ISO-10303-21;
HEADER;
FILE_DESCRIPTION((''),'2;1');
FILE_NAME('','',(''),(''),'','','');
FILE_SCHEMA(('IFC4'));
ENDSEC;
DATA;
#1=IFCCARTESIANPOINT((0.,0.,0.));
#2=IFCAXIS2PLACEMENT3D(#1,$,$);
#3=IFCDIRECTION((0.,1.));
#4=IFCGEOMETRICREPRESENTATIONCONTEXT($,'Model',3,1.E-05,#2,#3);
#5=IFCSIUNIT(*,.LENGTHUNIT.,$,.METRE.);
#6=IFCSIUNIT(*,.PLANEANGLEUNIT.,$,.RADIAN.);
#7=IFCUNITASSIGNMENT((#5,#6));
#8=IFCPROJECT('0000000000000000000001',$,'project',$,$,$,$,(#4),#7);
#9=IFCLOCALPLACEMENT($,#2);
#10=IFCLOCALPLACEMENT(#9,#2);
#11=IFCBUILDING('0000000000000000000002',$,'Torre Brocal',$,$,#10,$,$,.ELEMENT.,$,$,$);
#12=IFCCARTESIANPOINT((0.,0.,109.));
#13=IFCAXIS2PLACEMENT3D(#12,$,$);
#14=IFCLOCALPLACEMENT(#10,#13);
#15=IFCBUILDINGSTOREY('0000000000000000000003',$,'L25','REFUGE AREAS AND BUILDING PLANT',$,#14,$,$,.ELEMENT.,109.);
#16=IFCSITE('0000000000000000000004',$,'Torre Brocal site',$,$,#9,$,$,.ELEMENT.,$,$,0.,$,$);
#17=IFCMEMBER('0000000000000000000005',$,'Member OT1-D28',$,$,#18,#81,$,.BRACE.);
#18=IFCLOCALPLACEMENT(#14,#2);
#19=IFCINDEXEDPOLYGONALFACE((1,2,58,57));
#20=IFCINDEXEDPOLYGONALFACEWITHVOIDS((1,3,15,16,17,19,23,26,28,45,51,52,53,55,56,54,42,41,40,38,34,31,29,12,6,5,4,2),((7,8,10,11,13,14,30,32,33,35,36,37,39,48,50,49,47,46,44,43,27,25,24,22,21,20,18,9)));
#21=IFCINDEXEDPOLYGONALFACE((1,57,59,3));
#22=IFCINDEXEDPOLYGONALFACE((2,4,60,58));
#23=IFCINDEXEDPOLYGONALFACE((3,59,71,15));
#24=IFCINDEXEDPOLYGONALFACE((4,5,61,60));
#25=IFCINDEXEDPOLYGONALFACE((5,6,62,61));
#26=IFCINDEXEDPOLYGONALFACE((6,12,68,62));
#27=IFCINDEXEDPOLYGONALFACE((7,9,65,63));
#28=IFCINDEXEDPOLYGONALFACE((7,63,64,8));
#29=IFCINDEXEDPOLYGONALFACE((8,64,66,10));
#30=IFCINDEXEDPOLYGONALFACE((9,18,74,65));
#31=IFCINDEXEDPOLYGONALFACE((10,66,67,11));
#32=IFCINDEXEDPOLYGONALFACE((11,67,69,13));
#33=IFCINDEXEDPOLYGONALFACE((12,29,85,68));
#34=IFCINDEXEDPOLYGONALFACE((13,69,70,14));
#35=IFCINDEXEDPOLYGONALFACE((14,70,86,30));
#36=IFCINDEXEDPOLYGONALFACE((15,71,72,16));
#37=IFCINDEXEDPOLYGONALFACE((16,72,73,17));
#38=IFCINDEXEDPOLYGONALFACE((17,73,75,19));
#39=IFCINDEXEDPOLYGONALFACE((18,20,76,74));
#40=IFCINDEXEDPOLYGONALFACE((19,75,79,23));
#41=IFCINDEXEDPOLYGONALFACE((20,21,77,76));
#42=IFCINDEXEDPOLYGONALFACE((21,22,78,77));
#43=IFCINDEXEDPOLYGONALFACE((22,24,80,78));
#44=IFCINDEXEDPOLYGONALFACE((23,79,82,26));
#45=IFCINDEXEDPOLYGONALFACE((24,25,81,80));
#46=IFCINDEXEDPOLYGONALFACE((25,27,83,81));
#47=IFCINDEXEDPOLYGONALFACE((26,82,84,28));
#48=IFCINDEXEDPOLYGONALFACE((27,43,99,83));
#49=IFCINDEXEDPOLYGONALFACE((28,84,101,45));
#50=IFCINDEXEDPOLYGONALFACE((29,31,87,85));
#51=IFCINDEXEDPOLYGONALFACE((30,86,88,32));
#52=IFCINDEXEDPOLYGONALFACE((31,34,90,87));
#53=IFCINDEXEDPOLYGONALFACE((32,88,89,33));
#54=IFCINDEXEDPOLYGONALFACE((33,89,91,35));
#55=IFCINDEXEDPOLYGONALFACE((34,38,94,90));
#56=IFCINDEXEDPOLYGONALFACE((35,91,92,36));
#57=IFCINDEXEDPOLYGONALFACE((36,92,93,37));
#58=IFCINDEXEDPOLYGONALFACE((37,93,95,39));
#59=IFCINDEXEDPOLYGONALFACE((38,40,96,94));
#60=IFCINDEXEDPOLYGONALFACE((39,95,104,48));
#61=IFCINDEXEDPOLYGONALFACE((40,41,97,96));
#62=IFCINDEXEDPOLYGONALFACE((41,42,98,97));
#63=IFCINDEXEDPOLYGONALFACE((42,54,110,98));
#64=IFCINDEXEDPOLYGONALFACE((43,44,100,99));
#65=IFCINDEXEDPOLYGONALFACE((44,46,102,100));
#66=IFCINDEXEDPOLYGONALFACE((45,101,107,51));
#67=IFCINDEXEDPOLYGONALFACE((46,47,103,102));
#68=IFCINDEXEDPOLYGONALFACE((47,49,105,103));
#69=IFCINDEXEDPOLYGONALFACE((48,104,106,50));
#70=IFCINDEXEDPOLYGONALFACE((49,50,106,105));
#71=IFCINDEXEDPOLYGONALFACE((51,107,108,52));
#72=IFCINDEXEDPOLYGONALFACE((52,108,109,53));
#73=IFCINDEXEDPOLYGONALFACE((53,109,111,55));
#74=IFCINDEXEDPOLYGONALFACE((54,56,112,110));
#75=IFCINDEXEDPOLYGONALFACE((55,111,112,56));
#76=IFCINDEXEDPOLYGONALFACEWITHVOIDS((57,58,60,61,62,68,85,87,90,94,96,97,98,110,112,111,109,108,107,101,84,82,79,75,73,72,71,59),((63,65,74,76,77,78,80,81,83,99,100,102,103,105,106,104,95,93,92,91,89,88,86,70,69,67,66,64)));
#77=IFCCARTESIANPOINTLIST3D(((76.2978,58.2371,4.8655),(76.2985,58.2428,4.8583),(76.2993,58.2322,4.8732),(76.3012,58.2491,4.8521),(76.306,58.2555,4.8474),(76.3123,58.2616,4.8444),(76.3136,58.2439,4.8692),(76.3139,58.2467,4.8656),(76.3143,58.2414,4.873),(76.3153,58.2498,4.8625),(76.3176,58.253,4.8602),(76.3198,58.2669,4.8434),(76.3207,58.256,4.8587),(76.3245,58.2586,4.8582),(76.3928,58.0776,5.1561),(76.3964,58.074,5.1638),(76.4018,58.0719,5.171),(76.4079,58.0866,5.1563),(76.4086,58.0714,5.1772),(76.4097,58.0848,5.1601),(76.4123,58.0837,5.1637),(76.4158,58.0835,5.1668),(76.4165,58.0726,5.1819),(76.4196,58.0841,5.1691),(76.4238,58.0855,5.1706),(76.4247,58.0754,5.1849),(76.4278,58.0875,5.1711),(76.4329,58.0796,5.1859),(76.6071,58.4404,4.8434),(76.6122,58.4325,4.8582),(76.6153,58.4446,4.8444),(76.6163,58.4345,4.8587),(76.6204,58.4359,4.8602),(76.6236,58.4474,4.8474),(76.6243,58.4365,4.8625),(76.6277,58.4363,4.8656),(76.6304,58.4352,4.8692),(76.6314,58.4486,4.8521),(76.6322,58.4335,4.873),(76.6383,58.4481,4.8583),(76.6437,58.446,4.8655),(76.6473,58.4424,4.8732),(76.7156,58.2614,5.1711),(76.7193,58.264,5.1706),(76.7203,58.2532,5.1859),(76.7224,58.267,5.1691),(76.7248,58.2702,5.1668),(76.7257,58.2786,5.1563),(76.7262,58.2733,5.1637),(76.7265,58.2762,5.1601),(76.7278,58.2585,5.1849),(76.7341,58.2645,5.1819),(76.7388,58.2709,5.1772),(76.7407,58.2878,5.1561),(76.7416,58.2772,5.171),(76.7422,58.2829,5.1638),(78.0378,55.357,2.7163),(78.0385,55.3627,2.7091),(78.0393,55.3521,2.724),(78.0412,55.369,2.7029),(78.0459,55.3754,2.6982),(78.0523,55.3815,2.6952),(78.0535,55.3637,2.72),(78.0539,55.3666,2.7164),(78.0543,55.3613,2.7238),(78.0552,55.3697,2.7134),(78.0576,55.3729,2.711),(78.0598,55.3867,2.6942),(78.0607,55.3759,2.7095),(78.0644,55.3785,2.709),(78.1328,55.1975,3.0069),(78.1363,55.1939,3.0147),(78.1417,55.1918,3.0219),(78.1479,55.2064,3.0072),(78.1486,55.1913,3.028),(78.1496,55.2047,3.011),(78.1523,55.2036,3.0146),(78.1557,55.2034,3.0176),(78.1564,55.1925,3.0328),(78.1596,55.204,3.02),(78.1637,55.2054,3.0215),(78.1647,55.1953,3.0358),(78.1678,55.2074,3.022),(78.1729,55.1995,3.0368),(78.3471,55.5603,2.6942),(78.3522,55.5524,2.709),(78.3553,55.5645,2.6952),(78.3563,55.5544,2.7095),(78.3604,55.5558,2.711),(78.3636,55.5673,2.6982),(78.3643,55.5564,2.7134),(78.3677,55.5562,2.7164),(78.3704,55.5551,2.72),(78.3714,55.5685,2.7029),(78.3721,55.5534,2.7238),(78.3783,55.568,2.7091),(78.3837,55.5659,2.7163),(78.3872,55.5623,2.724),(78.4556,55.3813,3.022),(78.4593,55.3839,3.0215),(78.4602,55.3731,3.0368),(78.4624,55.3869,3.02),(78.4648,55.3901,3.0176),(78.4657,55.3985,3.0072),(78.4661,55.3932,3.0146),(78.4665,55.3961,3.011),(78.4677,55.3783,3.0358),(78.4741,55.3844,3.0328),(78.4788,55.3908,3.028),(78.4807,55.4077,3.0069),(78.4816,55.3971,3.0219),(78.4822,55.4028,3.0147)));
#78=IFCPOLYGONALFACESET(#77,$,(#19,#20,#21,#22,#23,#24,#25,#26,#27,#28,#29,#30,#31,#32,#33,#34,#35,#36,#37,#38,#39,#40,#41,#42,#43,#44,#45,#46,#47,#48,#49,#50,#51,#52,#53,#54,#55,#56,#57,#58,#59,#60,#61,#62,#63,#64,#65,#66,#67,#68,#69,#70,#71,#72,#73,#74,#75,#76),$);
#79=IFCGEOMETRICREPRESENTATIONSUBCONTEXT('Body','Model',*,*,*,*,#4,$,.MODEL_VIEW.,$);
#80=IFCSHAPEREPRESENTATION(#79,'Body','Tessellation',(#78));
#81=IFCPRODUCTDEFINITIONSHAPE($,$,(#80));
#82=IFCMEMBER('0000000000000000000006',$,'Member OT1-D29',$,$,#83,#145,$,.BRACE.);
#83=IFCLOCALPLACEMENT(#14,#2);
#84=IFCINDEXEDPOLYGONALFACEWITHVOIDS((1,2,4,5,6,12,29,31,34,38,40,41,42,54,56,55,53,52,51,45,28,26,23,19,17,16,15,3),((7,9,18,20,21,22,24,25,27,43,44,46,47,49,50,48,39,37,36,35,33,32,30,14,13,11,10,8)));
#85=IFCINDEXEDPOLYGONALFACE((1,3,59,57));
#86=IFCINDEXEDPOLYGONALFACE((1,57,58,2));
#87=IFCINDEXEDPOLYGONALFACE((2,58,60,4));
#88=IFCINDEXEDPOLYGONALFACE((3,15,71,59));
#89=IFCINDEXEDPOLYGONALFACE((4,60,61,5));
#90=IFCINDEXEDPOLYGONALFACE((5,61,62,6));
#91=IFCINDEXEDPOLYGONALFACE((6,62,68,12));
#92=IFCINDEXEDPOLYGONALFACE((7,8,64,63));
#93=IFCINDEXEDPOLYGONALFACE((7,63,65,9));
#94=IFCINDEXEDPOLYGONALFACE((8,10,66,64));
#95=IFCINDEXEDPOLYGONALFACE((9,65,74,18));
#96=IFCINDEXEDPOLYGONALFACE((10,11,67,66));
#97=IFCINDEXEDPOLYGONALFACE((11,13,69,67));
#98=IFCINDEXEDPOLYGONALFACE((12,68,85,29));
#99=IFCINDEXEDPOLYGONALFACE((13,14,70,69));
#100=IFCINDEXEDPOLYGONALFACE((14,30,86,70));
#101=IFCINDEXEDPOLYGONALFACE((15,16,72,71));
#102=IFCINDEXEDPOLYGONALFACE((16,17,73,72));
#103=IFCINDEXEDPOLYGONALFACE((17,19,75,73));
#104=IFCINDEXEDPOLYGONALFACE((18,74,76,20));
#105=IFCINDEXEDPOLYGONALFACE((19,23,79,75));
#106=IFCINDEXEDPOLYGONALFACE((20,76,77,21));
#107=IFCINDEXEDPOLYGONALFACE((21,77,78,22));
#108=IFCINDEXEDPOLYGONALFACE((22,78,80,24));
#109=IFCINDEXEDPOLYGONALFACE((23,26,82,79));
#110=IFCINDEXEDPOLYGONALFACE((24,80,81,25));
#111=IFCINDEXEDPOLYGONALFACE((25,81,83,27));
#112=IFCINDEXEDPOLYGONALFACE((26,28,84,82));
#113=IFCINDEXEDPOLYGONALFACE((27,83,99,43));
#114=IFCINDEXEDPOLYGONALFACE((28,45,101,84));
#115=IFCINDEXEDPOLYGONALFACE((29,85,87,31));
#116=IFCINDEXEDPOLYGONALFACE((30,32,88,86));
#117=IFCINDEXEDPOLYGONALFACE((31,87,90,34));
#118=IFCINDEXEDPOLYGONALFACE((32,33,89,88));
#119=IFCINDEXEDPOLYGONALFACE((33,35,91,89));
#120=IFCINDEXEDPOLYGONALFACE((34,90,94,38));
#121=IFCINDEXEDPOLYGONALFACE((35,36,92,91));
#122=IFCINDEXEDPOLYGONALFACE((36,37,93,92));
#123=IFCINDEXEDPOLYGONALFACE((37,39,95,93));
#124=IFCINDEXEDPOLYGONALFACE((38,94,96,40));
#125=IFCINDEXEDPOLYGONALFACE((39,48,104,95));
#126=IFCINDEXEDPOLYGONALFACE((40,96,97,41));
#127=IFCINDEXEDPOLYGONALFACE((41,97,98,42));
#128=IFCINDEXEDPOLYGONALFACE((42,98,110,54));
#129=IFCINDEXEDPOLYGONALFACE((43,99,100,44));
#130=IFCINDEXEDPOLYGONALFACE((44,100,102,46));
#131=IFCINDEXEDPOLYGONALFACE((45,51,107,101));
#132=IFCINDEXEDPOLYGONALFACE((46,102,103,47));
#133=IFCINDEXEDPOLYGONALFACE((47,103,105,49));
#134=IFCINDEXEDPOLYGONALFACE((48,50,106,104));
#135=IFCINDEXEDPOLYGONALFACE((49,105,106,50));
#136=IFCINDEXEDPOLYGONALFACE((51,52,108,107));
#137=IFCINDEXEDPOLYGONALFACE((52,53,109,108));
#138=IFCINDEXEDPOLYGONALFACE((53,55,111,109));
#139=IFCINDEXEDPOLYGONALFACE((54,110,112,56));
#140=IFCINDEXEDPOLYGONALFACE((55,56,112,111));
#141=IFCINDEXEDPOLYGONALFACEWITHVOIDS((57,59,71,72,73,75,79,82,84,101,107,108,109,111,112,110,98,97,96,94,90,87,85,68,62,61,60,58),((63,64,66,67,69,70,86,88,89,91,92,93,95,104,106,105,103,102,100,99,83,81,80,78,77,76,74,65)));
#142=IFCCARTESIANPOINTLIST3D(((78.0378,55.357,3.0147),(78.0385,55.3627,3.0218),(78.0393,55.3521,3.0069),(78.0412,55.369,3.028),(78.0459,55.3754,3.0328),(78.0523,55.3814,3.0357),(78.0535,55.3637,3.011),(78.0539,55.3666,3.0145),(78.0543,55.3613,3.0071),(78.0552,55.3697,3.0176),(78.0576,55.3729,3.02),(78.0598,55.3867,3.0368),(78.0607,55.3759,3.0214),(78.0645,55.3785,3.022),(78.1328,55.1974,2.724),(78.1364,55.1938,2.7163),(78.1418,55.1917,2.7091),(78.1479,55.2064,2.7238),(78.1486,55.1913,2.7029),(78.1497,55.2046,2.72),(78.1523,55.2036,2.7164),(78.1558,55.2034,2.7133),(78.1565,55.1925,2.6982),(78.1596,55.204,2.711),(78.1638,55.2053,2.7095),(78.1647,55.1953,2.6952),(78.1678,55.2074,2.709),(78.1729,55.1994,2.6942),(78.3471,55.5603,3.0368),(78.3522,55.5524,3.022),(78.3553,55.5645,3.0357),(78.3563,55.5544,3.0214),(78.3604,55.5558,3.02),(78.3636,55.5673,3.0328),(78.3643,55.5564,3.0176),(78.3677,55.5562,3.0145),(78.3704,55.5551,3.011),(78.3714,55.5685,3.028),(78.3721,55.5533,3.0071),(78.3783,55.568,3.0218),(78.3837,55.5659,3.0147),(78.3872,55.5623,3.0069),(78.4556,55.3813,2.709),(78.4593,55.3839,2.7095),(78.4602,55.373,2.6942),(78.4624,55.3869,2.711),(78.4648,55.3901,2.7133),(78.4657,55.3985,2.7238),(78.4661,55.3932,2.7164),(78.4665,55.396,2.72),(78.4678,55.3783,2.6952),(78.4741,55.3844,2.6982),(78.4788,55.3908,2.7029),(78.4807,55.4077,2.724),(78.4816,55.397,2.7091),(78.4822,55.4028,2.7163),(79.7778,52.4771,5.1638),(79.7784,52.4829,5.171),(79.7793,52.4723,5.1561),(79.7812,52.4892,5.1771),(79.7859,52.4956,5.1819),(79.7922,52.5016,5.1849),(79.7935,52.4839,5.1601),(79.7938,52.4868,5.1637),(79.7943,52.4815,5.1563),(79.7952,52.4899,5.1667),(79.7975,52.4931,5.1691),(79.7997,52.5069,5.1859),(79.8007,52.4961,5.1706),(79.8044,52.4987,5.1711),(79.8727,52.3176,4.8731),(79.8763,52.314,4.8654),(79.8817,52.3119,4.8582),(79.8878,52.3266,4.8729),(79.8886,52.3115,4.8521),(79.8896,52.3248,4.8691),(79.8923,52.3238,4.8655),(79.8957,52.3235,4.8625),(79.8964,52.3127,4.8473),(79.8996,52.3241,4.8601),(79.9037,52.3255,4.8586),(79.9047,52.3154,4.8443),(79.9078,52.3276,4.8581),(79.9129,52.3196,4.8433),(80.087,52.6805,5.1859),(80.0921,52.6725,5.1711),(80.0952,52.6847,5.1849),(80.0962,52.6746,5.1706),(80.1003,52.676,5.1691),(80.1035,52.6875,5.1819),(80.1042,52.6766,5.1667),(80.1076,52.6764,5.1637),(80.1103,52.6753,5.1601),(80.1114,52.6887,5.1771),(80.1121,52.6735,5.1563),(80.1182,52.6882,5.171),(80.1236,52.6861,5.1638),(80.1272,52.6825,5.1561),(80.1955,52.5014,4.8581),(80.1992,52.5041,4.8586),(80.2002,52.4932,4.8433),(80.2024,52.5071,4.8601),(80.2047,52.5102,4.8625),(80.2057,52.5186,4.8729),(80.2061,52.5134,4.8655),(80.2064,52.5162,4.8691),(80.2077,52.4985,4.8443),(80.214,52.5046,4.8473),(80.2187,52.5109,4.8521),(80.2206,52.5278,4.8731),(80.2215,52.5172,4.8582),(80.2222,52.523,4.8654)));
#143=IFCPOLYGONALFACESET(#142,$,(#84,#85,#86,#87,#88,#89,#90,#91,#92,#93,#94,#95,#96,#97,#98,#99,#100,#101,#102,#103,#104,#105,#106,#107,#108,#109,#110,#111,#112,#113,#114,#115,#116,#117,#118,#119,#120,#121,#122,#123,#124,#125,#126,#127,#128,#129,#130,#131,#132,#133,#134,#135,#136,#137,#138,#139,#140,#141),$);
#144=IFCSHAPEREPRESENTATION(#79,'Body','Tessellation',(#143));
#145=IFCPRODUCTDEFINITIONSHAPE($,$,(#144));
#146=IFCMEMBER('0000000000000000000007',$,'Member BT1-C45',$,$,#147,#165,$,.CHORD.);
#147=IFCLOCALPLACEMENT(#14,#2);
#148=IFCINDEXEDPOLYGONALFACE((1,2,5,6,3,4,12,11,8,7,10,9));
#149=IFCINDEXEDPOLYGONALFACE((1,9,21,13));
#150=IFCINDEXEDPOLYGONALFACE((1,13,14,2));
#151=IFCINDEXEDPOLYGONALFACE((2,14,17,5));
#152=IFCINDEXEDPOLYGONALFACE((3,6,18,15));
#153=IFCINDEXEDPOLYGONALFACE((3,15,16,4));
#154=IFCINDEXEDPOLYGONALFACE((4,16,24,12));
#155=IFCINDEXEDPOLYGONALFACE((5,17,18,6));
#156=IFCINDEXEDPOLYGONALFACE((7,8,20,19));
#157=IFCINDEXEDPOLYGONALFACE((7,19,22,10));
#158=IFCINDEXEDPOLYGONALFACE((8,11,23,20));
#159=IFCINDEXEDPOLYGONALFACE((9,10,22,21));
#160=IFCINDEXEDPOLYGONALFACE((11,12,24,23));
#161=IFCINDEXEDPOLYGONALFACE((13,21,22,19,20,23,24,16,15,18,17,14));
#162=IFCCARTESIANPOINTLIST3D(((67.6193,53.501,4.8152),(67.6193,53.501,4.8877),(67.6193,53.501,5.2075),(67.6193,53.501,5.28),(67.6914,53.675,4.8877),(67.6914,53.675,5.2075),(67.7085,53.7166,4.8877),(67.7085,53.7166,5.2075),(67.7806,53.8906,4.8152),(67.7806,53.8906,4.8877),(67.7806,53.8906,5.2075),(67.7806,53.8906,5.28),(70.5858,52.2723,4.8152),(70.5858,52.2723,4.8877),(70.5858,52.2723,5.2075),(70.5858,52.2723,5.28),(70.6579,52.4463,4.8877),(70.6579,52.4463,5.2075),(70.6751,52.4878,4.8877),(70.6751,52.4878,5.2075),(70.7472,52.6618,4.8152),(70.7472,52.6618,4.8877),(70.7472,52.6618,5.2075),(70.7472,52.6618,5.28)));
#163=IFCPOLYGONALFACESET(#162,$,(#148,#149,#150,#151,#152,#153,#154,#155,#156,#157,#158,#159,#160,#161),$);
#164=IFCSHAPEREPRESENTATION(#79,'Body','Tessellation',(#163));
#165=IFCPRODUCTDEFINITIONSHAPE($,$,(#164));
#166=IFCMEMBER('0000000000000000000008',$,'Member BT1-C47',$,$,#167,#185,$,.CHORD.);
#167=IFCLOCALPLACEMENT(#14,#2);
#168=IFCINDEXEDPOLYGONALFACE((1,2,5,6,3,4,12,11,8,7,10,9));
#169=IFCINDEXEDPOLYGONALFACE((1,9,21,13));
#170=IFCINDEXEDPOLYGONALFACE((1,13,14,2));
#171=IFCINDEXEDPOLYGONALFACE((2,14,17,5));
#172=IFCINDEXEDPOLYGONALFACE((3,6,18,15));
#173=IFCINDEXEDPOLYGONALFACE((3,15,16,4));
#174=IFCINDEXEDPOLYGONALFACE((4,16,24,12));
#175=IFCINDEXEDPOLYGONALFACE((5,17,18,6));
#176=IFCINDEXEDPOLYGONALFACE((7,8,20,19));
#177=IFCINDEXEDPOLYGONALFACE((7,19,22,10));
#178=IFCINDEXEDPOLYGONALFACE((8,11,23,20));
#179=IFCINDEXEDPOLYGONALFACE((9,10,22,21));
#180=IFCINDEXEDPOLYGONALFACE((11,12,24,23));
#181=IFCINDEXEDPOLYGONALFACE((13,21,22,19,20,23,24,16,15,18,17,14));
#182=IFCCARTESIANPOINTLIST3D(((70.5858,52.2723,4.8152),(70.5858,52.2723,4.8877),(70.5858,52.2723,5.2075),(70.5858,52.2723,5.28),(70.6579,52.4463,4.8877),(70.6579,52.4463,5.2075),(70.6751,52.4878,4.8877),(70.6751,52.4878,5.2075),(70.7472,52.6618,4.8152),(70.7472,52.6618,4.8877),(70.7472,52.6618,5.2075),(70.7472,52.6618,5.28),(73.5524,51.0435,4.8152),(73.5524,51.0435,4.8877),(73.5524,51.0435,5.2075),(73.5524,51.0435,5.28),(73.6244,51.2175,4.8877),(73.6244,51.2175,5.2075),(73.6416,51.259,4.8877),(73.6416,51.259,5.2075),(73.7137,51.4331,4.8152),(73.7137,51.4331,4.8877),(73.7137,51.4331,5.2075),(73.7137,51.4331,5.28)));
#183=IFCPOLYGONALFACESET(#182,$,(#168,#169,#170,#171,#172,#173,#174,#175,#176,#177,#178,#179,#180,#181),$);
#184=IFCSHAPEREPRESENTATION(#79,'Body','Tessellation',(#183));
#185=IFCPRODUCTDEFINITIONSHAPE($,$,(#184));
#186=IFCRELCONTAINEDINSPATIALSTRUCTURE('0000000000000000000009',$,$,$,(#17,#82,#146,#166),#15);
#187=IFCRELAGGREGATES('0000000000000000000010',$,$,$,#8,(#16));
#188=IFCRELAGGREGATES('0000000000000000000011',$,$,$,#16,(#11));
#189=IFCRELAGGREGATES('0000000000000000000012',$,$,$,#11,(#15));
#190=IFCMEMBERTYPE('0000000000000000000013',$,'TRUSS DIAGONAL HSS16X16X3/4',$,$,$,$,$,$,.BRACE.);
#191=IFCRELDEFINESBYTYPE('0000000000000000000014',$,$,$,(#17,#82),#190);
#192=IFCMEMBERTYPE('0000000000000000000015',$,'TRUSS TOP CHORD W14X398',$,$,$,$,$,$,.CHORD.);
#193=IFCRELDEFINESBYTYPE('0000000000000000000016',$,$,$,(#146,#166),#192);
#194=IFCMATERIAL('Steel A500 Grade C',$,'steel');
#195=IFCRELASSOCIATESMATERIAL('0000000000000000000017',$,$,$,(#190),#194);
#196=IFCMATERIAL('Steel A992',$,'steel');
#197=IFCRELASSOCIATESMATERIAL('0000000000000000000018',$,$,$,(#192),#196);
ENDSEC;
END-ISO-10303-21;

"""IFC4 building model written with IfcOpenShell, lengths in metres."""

from ifc_helpers import new_model, si_unit, direction, frame, origin, origin_2d, place, context, subcontext, project, spatial, hollow_rectangle, i_section, extrude, material, material_profile, profile_set, type_object, element, save


model = new_model("IFC4")

# Units and contexts
model_context = context("Model", 3, precision=1e-05, world=origin(), true_north=direction((0.0, 1.0)))
body_context = subcontext(model_context, "Body", "Model", "MODEL_VIEW")
ifc_project = project(units=[si_unit("LENGTHUNIT", "METRE"), si_unit("PLANEANGLEUNIT", "RADIAN")], contexts=[model_context])

# Site, building, storey
site_placement = place(None, origin())
site = spatial("IfcSite", under=ifc_project, at=site_placement, Name="Torre Brocal site", CompositionType="ELEMENT", RefElevation=0.0)
building_placement = place(site_placement, origin())
building = spatial("IfcBuilding", under=site, at=building_placement, Name="Torre Brocal", CompositionType="ELEMENT")
storey_placement = place(building_placement, frame((0.0, 0.0, 109.0)))
storey = spatial("IfcBuildingStorey", under=building, at=storey_placement, Name="L25", Description="REFUGE AREAS AND BUILDING PLANT", CompositionType="ELEMENT", Elevation=109.0)

# Members
ifc_material_1 = material(Name="Steel A500 Grade C", Category="steel")
ifc_material_profile_1 = material_profile(ifc_material_1, hollow_rectangle(XDim=0.4065, YDim=0.4065, WallThickness=0.0176, InnerFilletRadius=0.0176, OuterFilletRadius=0.0354, at=origin_2d()), Name="HSS16X16X3/4")
ifc_profile_set_1 = profile_set([ifc_material_profile_1], Name="Steel A500 Grade C")
member_type_1 = type_object("IfcMemberType", Name="TRUSS DIAGONAL HSS16X16X3/4", PredefinedType="BRACE", material=ifc_profile_set_1)
member_1_placement = place(storey_placement, frame((76.52, 58.26, 5.0146), z_axis=(0.435793, -0.721349, -0.538275), x_axis=(0.855927, 0.517097, 0.0)))
element("IfcMember", 1, at=member_1_placement, inside=storey, type_object=member_type_1, Name="Member OT1-D28", PredefinedType="BRACE", context=body_context, shape_type="SweptSolid", body=[
    extrude(hollow_rectangle(XDim=0.4065, YDim=0.4065, WallThickness=0.0176, InnerFilletRadius=0.0176, OuterFilletRadius=0.0354, at=origin_2d()), origin(), (0.0, 0.0, 1.0), 3.9927),
])
member_2_placement = place(storey_placement, frame((78.26, 55.3799, 2.8655), z_axis=(0.435812, -0.721319, 0.538299), x_axis=(0.855908, 0.517129, 0.0)))
element("IfcMember", 2, at=member_2_placement, inside=storey, type_object=member_type_1, Name="Member OT1-D29", PredefinedType="BRACE", context=body_context, shape_type="SweptSolid", body=[
    extrude(hollow_rectangle(XDim=0.4065, YDim=0.4065, WallThickness=0.0176, InnerFilletRadius=0.0176, OuterFilletRadius=0.0354, at=origin_2d()), origin(), (0.0, 0.0, 1.0), 3.9924),
])
ifc_material_2 = material(Name="Steel A992", Category="steel")
ifc_material_profile_2 = material_profile(ifc_material_2, i_section(OverallWidth=0.4216, OverallDepth=0.4648, WebThickness=0.0449, FlangeThickness=0.0725, at=origin_2d()), Name="W14X398")
ifc_profile_set_2 = profile_set([ifc_material_profile_2], Name="Steel A992")
member_type_2 = type_object("IfcMemberType", Name="TRUSS TOP CHORD W14X398", PredefinedType="CHORD", material=ifc_profile_set_2)
for number, where, z_axis, x_axis, name in (
    (3, (67.7, 53.6958, 5.0476), (0.923882, -0.382676, 0.0), (0.382676, 0.923882, 0.0), "Member BT1-C45"),
    (4, (70.6665, 52.467, 5.0476), (0.923882, -0.382676, 0.0), (0.382676, 0.923882, 0.0), "Member BT1-C47"),
):
    element("IfcMember", number, at=place(storey_placement, frame(where, z_axis=z_axis, x_axis=x_axis)), inside=storey, type_object=member_type_2, Name=name, PredefinedType="CHORD", context=body_context, shape_type="SweptSolid", body=[
        extrude(i_section(OverallWidth=0.4216, OverallDepth=0.4648, WebThickness=0.0449, FlangeThickness=0.0725, at=origin_2d()), origin(), (0.0, 0.0, 1.0), 3.2109),
    ])

save(model, "model.ifc")
